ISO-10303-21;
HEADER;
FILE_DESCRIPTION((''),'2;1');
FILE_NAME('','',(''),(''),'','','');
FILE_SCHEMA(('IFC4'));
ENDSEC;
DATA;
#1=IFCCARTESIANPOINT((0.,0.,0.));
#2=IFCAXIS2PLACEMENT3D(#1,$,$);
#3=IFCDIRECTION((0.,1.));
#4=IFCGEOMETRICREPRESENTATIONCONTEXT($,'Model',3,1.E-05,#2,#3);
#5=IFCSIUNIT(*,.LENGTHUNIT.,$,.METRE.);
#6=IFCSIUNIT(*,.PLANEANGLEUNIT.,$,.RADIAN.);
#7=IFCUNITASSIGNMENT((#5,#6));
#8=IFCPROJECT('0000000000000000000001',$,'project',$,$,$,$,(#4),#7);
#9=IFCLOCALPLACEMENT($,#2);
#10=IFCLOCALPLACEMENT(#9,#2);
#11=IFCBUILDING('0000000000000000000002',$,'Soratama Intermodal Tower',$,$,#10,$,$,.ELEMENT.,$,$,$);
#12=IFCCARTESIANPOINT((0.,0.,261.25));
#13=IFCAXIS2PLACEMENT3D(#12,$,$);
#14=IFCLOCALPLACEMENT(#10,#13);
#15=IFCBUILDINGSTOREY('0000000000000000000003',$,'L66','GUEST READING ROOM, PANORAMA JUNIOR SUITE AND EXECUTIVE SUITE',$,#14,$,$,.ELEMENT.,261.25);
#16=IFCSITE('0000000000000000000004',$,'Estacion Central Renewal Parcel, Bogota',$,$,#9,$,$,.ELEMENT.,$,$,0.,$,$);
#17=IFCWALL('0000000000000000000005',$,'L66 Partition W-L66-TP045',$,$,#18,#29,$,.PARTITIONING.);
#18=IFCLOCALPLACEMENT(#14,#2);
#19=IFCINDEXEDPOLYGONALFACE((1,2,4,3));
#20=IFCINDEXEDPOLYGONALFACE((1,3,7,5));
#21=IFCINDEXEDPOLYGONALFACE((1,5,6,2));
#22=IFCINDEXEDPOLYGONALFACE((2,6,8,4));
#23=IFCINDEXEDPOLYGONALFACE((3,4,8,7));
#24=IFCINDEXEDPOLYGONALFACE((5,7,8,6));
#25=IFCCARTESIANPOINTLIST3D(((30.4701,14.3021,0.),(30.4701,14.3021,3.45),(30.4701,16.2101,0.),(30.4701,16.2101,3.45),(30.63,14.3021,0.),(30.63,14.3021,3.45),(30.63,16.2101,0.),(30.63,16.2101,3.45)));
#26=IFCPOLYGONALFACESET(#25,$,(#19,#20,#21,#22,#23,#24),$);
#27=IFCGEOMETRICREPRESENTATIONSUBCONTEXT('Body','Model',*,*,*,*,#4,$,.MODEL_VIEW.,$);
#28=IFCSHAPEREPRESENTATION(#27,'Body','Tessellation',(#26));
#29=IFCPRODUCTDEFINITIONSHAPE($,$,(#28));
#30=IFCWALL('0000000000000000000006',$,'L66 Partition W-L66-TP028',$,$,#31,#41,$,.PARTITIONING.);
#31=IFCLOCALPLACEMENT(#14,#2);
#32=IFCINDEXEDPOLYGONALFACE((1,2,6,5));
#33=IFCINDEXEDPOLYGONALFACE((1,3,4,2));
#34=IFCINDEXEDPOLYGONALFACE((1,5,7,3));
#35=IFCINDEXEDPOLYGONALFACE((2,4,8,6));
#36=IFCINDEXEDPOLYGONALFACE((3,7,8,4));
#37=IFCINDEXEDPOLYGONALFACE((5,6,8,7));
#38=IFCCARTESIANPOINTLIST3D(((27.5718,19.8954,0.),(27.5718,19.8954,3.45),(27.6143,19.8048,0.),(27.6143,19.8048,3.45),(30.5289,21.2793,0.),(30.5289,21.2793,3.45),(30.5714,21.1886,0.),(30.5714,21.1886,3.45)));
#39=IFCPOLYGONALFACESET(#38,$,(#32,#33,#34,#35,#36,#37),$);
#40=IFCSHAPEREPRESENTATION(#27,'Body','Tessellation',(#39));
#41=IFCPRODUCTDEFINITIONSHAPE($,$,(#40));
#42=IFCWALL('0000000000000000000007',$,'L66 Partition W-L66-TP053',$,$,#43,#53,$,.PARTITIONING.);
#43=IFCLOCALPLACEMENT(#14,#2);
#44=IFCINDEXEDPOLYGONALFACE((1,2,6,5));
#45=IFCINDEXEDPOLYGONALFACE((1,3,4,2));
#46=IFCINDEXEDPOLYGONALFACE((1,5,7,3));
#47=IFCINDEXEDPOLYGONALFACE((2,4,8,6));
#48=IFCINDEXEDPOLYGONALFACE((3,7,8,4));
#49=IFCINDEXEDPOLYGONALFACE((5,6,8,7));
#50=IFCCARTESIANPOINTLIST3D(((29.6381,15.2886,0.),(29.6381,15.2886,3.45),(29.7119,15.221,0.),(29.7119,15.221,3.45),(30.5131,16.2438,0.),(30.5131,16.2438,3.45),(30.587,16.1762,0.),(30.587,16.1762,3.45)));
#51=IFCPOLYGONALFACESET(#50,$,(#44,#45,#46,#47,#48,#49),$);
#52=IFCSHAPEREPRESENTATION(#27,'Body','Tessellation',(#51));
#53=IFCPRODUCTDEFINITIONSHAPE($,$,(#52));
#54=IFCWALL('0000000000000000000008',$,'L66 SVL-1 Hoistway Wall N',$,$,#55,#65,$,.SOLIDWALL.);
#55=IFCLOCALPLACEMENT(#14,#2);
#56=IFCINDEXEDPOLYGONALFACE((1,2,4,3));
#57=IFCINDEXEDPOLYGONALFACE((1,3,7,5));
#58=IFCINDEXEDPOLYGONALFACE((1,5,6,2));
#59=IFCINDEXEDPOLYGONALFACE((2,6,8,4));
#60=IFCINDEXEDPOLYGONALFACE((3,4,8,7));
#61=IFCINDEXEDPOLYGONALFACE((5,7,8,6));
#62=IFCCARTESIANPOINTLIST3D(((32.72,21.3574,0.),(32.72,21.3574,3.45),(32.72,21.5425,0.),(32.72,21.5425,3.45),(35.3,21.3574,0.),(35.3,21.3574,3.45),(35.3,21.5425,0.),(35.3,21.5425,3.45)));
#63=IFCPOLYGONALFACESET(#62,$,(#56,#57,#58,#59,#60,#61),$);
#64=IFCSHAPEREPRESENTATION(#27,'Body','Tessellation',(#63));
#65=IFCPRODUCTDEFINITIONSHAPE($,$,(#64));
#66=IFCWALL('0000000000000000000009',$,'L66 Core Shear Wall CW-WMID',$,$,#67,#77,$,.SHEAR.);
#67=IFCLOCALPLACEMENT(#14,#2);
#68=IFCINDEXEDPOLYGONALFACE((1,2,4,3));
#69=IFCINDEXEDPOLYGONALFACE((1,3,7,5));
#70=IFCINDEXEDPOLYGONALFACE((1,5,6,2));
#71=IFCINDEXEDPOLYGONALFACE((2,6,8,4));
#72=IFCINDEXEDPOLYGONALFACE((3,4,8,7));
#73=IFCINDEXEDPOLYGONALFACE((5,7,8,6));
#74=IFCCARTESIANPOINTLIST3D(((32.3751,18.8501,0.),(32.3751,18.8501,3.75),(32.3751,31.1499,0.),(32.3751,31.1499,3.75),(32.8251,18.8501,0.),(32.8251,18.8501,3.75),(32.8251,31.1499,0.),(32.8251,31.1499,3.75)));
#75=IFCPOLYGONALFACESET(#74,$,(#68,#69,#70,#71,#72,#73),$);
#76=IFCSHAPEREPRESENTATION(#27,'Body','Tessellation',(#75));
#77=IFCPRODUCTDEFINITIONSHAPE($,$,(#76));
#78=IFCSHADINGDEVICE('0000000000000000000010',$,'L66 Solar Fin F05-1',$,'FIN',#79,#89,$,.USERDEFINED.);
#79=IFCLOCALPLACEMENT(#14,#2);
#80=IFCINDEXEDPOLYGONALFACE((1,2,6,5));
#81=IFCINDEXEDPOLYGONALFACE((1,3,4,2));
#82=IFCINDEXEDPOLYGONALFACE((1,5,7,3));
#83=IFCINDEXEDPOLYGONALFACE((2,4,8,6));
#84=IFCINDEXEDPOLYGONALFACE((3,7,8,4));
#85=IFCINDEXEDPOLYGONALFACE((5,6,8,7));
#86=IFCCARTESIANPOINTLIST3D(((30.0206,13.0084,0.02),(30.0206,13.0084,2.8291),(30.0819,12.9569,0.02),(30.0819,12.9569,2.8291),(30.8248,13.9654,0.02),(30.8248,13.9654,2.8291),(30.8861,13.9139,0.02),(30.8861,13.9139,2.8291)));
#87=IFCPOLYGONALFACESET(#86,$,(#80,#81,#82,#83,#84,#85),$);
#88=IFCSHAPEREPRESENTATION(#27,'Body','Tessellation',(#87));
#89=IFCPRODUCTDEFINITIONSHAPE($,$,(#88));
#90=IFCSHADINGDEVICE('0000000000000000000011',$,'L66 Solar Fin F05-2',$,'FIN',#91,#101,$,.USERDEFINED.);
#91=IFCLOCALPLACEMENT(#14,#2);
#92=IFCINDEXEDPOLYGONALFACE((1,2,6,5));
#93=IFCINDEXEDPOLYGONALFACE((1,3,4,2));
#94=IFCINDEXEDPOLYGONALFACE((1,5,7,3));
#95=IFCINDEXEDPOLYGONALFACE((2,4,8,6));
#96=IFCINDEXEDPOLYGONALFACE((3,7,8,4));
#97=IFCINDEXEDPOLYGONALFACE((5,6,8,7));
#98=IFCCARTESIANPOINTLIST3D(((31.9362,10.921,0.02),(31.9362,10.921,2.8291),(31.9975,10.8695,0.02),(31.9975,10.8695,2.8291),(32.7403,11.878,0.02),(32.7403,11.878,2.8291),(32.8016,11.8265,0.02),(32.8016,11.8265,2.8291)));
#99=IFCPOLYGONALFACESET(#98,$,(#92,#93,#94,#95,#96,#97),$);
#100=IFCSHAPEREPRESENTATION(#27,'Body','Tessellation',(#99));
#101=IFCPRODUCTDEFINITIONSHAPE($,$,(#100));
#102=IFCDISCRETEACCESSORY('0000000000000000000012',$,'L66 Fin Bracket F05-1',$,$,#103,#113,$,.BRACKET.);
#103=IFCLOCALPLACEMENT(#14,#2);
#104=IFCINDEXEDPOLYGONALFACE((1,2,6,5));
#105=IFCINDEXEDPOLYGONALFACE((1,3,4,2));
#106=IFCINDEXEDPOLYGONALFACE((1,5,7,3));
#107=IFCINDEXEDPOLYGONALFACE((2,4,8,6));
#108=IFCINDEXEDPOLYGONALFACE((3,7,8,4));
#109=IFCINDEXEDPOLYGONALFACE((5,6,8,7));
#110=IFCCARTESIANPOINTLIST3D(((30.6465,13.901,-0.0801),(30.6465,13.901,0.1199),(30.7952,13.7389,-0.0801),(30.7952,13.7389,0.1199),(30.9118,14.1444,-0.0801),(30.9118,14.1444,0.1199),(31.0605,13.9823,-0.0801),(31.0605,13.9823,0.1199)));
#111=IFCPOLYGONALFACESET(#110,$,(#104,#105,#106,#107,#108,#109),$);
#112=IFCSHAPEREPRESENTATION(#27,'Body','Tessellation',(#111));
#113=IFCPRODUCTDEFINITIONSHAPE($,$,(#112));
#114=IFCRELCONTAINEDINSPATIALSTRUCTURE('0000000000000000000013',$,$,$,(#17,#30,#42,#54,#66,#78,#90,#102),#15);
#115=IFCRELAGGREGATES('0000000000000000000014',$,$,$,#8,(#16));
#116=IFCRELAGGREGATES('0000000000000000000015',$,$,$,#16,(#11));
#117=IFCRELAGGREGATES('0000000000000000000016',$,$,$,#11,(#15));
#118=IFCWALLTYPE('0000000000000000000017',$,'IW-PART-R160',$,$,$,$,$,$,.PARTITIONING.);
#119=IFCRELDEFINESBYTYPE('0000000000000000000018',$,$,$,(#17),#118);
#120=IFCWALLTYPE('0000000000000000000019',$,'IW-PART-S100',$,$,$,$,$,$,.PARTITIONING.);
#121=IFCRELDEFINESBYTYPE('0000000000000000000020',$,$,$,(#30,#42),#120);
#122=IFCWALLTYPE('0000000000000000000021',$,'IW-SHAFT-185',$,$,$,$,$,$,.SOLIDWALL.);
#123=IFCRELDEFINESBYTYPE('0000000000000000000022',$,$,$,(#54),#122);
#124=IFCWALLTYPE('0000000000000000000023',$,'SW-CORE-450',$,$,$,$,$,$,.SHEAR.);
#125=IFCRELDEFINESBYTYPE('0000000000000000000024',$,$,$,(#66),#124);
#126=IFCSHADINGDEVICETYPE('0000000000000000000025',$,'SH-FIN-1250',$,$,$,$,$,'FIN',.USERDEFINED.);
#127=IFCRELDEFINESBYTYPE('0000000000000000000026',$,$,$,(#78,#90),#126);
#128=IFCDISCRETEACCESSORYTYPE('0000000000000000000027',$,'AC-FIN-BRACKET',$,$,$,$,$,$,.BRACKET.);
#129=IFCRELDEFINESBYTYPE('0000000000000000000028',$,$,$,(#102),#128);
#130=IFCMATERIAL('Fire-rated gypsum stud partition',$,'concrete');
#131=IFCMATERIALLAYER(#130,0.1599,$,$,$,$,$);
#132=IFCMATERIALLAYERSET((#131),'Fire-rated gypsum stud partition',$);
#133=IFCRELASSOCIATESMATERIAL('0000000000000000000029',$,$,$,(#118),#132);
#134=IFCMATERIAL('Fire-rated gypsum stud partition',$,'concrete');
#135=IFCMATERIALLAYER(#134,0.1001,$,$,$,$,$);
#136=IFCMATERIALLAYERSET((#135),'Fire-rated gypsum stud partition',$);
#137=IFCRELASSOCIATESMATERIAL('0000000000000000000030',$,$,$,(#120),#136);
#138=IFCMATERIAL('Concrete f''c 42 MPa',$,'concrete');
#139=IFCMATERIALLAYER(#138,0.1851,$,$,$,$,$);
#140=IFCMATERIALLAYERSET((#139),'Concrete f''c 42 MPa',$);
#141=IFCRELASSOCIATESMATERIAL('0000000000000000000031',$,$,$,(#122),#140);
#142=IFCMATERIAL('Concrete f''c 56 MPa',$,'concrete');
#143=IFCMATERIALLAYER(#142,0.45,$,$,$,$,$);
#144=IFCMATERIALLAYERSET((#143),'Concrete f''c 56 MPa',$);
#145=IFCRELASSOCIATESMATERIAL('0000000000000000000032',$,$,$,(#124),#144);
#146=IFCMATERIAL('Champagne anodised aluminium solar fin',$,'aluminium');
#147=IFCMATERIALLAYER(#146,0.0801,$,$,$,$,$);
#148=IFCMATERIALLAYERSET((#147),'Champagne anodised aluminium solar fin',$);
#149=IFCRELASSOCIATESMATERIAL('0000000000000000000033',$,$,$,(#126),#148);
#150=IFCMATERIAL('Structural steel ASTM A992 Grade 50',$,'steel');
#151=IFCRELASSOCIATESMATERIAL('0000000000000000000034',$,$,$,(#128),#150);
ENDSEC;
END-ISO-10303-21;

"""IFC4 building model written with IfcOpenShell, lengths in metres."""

from ifc_helpers import new_model, si_unit, direction, frame, frame_2d, origin, origin_2d, place, context, subcontext, project, spatial, rectangle, extrude, material, layer, layer_set, type_object, element, save


model = new_model("IFC4")

# Units and contexts
model_context = context("Model", 3, precision=1e-05, world=origin(), true_north=direction((0.0, 1.0)))
body_context = subcontext(model_context, "Body", "Model", "MODEL_VIEW")
ifc_project = project(units=[si_unit("LENGTHUNIT", "METRE"), si_unit("PLANEANGLEUNIT", "RADIAN")], contexts=[model_context])

# Site, building, storey
site_placement = place(None, origin())
site = spatial("IfcSite", under=ifc_project, at=site_placement, Name="Estacion Central Renewal Parcel, Bogota", CompositionType="ELEMENT", RefElevation=0.0)
building_placement = place(site_placement, origin())
building = spatial("IfcBuilding", under=site, at=building_placement, Name="Soratama Intermodal Tower", CompositionType="ELEMENT")
storey_placement = place(building_placement, frame((0.0, 0.0, 261.25)))
storey = spatial("IfcBuildingStorey", under=building, at=storey_placement, Name="L66", Description="GUEST READING ROOM, PANORAMA JUNIOR SUITE AND EXECUTIVE SUITE", CompositionType="ELEMENT", Elevation=261.25)

# Shared definitions
ifc_material_1 = material(Name="Fire-rated gypsum stud partition", Category="concrete")
ifc_layer_1 = layer(ifc_material_1, 0.1599)
ifc_layer_set_1 = layer_set([ifc_layer_1], Name="Fire-rated gypsum stud partition")
wall_type_1 = type_object("IfcWallType", Name="IW-PART-R160", PredefinedType="PARTITIONING", material=ifc_layer_set_1)

# Walls
wall_1_placement = place(storey_placement, frame((30.55, 14.302, 0.0), z_axis=(0.0, 0.0, 1.0), x_axis=(0.0, 1.0, 0.0)))
element("IfcWall", 1, at=wall_1_placement, inside=storey, type_object=wall_type_1, Name="L66 Partition W-L66-TP045", PredefinedType="PARTITIONING", context=body_context, shape_type="SweptSolid", body=[
    extrude(rectangle(XDim=1.908, YDim=0.1599, at=frame_2d((0.9541, 0.0))), origin(), (0.0, 0.0, 1.0), 3.45),
])
ifc_material_2 = material(Name="Fire-rated gypsum stud partition", Category="concrete")
ifc_layer_2 = layer(ifc_material_2, 0.1001)
ifc_layer_set_2 = layer_set([ifc_layer_2], Name="Fire-rated gypsum stud partition")
wall_type_2 = type_object("IfcWallType", Name="IW-PART-S100", PredefinedType="PARTITIONING", material=ifc_layer_set_2)
wall_2_placement = place(storey_placement, frame((30.55, 21.2339, 0.0), z_axis=(0.0, 0.0, 1.0), x_axis=(-0.905732, -0.423851, 0.0)))
element("IfcWall", 2, at=wall_2_placement, inside=storey, type_object=wall_type_2, Name="L66 Partition W-L66-TP028", PredefinedType="PARTITIONING", context=body_context, shape_type="SweptSolid", body=[
    extrude(rectangle(XDim=3.2649, YDim=0.1001, at=frame_2d((1.6323, 0.0))), origin(), (0.0, 0.0, 1.0), 3.45),
])
wall_3_placement = place(storey_placement, frame((30.55, 16.21, 0.0), z_axis=(0.0, 0.0, 1.0), x_axis=(-0.67552, -0.737342, 0.0)))
element("IfcWall", 3, at=wall_3_placement, inside=storey, type_object=wall_type_2, Name="L66 Partition W-L66-TP053", PredefinedType="PARTITIONING", context=body_context, shape_type="SweptSolid", body=[
    extrude(rectangle(XDim=1.2954, YDim=0.1001, at=frame_2d((0.6477, 0.0))), origin(), (0.0, 0.0, 1.0), 3.45),
])
ifc_material_3 = material(Name="Concrete f'c 42 MPa", Category="concrete")
ifc_layer_3 = layer(ifc_material_3, 0.1851)
ifc_layer_set_3 = layer_set([ifc_layer_3], Name="Concrete f'c 42 MPa")
wall_type_3 = type_object("IfcWallType", Name="IW-SHAFT-185", PredefinedType="SOLIDWALL", material=ifc_layer_set_3)
wall_4_placement = place(storey_placement, frame((32.72, 21.45, 0.0), z_axis=(0.0, 0.0, 1.0), x_axis=(1.0, 0.0, 0.0)))
element("IfcWall", 4, at=wall_4_placement, inside=storey, type_object=wall_type_3, Name="L66 SVL-1 Hoistway Wall N", PredefinedType="SOLIDWALL", context=body_context, shape_type="SweptSolid", body=[
    extrude(rectangle(XDim=2.5801, YDim=0.1851, at=frame_2d((1.29, 0.0))), origin(), (0.0, 0.0, 1.0), 3.45),
])
ifc_material_4 = material(Name="Concrete f'c 56 MPa", Category="concrete")
ifc_layer_4 = layer(ifc_material_4, 0.45)
ifc_layer_set_4 = layer_set([ifc_layer_4], Name="Concrete f'c 56 MPa")
wall_type_4 = type_object("IfcWallType", Name="SW-CORE-450", PredefinedType="SHEAR", material=ifc_layer_set_4)
wall_5_placement = place(storey_placement, frame((32.6001, 18.8501, 0.0), z_axis=(0.0, 0.0, 1.0), x_axis=(0.0, 1.0, 0.0)))
element("IfcWall", 5, at=wall_5_placement, inside=storey, type_object=wall_type_4, Name="L66 Core Shear Wall CW-WMID", PredefinedType="SHEAR", context=body_context, shape_type="SweptSolid", body=[
    extrude(rectangle(XDim=12.2998, YDim=0.45, at=frame_2d((6.1499, 0.0))), origin(), (0.0, 0.0, 1.0), 3.75),
])

# Shading devices
ifc_material_5 = material(Name="Champagne anodised aluminium solar fin", Category="aluminium")
ifc_layer_5 = layer(ifc_material_5, 0.0801)
ifc_layer_set_5 = layer_set([ifc_layer_5], Name="Champagne anodised aluminium solar fin")
shading_device_type = type_object("IfcShadingDeviceType", Name="SH-FIN-1250", ElementType="FIN", PredefinedType="USERDEFINED", material=ifc_layer_set_5)
for number, where, z_axis, x_axis, name in (
    (6, (30.4534, 13.4612, 0.02), (0.0, 0.0, 1.0), (-0.643322, -0.765596, 0.0), "L66 Solar Fin F05-1"),
    (7, (32.3689, 11.3738, 0.02), (0.0, 0.0, 1.0), (-0.643322, -0.765596, 0.0), "L66 Solar Fin F05-2"),
):
    element("IfcShadingDevice", number, at=place(storey_placement, frame(where, z_axis=z_axis, x_axis=x_axis)), inside=storey, type_object=shading_device_type, Name=name, ObjectType="FIN", PredefinedType="USERDEFINED", context=body_context, shape_type="SweptSolid", body=[
        extrude(rectangle(XDim=1.25, YDim=0.0801, at=origin_2d()), origin(), (0.0, 0.0, 1.0), 2.8091),
    ])

# Discrete accessory
ifc_material_6 = material(Name="Structural steel ASTM A992 Grade 50", Category="steel")
discrete_accessory_type = type_object("IfcDiscreteAccessoryType", Name="AC-FIN-BRACKET", PredefinedType="BRACKET", material=ifc_material_6)
discrete_accessory_placement = place(storey_placement, frame((30.8535, 13.9417, -0.0801), z_axis=(0.0, 0.0, 1.0), x_axis=(-0.736806, -0.676105, 0.0)))
element("IfcDiscreteAccessory", 8, at=discrete_accessory_placement, inside=storey, type_object=discrete_accessory_type, Name="L66 Fin Bracket F05-1", PredefinedType="BRACKET", context=body_context, shape_type="SweptSolid", body=[
    extrude(rectangle(XDim=0.3601, YDim=0.22, at=origin_2d()), origin(), (0.0, 0.0, 1.0), 0.2),
])

save(model, "model.ifc")
